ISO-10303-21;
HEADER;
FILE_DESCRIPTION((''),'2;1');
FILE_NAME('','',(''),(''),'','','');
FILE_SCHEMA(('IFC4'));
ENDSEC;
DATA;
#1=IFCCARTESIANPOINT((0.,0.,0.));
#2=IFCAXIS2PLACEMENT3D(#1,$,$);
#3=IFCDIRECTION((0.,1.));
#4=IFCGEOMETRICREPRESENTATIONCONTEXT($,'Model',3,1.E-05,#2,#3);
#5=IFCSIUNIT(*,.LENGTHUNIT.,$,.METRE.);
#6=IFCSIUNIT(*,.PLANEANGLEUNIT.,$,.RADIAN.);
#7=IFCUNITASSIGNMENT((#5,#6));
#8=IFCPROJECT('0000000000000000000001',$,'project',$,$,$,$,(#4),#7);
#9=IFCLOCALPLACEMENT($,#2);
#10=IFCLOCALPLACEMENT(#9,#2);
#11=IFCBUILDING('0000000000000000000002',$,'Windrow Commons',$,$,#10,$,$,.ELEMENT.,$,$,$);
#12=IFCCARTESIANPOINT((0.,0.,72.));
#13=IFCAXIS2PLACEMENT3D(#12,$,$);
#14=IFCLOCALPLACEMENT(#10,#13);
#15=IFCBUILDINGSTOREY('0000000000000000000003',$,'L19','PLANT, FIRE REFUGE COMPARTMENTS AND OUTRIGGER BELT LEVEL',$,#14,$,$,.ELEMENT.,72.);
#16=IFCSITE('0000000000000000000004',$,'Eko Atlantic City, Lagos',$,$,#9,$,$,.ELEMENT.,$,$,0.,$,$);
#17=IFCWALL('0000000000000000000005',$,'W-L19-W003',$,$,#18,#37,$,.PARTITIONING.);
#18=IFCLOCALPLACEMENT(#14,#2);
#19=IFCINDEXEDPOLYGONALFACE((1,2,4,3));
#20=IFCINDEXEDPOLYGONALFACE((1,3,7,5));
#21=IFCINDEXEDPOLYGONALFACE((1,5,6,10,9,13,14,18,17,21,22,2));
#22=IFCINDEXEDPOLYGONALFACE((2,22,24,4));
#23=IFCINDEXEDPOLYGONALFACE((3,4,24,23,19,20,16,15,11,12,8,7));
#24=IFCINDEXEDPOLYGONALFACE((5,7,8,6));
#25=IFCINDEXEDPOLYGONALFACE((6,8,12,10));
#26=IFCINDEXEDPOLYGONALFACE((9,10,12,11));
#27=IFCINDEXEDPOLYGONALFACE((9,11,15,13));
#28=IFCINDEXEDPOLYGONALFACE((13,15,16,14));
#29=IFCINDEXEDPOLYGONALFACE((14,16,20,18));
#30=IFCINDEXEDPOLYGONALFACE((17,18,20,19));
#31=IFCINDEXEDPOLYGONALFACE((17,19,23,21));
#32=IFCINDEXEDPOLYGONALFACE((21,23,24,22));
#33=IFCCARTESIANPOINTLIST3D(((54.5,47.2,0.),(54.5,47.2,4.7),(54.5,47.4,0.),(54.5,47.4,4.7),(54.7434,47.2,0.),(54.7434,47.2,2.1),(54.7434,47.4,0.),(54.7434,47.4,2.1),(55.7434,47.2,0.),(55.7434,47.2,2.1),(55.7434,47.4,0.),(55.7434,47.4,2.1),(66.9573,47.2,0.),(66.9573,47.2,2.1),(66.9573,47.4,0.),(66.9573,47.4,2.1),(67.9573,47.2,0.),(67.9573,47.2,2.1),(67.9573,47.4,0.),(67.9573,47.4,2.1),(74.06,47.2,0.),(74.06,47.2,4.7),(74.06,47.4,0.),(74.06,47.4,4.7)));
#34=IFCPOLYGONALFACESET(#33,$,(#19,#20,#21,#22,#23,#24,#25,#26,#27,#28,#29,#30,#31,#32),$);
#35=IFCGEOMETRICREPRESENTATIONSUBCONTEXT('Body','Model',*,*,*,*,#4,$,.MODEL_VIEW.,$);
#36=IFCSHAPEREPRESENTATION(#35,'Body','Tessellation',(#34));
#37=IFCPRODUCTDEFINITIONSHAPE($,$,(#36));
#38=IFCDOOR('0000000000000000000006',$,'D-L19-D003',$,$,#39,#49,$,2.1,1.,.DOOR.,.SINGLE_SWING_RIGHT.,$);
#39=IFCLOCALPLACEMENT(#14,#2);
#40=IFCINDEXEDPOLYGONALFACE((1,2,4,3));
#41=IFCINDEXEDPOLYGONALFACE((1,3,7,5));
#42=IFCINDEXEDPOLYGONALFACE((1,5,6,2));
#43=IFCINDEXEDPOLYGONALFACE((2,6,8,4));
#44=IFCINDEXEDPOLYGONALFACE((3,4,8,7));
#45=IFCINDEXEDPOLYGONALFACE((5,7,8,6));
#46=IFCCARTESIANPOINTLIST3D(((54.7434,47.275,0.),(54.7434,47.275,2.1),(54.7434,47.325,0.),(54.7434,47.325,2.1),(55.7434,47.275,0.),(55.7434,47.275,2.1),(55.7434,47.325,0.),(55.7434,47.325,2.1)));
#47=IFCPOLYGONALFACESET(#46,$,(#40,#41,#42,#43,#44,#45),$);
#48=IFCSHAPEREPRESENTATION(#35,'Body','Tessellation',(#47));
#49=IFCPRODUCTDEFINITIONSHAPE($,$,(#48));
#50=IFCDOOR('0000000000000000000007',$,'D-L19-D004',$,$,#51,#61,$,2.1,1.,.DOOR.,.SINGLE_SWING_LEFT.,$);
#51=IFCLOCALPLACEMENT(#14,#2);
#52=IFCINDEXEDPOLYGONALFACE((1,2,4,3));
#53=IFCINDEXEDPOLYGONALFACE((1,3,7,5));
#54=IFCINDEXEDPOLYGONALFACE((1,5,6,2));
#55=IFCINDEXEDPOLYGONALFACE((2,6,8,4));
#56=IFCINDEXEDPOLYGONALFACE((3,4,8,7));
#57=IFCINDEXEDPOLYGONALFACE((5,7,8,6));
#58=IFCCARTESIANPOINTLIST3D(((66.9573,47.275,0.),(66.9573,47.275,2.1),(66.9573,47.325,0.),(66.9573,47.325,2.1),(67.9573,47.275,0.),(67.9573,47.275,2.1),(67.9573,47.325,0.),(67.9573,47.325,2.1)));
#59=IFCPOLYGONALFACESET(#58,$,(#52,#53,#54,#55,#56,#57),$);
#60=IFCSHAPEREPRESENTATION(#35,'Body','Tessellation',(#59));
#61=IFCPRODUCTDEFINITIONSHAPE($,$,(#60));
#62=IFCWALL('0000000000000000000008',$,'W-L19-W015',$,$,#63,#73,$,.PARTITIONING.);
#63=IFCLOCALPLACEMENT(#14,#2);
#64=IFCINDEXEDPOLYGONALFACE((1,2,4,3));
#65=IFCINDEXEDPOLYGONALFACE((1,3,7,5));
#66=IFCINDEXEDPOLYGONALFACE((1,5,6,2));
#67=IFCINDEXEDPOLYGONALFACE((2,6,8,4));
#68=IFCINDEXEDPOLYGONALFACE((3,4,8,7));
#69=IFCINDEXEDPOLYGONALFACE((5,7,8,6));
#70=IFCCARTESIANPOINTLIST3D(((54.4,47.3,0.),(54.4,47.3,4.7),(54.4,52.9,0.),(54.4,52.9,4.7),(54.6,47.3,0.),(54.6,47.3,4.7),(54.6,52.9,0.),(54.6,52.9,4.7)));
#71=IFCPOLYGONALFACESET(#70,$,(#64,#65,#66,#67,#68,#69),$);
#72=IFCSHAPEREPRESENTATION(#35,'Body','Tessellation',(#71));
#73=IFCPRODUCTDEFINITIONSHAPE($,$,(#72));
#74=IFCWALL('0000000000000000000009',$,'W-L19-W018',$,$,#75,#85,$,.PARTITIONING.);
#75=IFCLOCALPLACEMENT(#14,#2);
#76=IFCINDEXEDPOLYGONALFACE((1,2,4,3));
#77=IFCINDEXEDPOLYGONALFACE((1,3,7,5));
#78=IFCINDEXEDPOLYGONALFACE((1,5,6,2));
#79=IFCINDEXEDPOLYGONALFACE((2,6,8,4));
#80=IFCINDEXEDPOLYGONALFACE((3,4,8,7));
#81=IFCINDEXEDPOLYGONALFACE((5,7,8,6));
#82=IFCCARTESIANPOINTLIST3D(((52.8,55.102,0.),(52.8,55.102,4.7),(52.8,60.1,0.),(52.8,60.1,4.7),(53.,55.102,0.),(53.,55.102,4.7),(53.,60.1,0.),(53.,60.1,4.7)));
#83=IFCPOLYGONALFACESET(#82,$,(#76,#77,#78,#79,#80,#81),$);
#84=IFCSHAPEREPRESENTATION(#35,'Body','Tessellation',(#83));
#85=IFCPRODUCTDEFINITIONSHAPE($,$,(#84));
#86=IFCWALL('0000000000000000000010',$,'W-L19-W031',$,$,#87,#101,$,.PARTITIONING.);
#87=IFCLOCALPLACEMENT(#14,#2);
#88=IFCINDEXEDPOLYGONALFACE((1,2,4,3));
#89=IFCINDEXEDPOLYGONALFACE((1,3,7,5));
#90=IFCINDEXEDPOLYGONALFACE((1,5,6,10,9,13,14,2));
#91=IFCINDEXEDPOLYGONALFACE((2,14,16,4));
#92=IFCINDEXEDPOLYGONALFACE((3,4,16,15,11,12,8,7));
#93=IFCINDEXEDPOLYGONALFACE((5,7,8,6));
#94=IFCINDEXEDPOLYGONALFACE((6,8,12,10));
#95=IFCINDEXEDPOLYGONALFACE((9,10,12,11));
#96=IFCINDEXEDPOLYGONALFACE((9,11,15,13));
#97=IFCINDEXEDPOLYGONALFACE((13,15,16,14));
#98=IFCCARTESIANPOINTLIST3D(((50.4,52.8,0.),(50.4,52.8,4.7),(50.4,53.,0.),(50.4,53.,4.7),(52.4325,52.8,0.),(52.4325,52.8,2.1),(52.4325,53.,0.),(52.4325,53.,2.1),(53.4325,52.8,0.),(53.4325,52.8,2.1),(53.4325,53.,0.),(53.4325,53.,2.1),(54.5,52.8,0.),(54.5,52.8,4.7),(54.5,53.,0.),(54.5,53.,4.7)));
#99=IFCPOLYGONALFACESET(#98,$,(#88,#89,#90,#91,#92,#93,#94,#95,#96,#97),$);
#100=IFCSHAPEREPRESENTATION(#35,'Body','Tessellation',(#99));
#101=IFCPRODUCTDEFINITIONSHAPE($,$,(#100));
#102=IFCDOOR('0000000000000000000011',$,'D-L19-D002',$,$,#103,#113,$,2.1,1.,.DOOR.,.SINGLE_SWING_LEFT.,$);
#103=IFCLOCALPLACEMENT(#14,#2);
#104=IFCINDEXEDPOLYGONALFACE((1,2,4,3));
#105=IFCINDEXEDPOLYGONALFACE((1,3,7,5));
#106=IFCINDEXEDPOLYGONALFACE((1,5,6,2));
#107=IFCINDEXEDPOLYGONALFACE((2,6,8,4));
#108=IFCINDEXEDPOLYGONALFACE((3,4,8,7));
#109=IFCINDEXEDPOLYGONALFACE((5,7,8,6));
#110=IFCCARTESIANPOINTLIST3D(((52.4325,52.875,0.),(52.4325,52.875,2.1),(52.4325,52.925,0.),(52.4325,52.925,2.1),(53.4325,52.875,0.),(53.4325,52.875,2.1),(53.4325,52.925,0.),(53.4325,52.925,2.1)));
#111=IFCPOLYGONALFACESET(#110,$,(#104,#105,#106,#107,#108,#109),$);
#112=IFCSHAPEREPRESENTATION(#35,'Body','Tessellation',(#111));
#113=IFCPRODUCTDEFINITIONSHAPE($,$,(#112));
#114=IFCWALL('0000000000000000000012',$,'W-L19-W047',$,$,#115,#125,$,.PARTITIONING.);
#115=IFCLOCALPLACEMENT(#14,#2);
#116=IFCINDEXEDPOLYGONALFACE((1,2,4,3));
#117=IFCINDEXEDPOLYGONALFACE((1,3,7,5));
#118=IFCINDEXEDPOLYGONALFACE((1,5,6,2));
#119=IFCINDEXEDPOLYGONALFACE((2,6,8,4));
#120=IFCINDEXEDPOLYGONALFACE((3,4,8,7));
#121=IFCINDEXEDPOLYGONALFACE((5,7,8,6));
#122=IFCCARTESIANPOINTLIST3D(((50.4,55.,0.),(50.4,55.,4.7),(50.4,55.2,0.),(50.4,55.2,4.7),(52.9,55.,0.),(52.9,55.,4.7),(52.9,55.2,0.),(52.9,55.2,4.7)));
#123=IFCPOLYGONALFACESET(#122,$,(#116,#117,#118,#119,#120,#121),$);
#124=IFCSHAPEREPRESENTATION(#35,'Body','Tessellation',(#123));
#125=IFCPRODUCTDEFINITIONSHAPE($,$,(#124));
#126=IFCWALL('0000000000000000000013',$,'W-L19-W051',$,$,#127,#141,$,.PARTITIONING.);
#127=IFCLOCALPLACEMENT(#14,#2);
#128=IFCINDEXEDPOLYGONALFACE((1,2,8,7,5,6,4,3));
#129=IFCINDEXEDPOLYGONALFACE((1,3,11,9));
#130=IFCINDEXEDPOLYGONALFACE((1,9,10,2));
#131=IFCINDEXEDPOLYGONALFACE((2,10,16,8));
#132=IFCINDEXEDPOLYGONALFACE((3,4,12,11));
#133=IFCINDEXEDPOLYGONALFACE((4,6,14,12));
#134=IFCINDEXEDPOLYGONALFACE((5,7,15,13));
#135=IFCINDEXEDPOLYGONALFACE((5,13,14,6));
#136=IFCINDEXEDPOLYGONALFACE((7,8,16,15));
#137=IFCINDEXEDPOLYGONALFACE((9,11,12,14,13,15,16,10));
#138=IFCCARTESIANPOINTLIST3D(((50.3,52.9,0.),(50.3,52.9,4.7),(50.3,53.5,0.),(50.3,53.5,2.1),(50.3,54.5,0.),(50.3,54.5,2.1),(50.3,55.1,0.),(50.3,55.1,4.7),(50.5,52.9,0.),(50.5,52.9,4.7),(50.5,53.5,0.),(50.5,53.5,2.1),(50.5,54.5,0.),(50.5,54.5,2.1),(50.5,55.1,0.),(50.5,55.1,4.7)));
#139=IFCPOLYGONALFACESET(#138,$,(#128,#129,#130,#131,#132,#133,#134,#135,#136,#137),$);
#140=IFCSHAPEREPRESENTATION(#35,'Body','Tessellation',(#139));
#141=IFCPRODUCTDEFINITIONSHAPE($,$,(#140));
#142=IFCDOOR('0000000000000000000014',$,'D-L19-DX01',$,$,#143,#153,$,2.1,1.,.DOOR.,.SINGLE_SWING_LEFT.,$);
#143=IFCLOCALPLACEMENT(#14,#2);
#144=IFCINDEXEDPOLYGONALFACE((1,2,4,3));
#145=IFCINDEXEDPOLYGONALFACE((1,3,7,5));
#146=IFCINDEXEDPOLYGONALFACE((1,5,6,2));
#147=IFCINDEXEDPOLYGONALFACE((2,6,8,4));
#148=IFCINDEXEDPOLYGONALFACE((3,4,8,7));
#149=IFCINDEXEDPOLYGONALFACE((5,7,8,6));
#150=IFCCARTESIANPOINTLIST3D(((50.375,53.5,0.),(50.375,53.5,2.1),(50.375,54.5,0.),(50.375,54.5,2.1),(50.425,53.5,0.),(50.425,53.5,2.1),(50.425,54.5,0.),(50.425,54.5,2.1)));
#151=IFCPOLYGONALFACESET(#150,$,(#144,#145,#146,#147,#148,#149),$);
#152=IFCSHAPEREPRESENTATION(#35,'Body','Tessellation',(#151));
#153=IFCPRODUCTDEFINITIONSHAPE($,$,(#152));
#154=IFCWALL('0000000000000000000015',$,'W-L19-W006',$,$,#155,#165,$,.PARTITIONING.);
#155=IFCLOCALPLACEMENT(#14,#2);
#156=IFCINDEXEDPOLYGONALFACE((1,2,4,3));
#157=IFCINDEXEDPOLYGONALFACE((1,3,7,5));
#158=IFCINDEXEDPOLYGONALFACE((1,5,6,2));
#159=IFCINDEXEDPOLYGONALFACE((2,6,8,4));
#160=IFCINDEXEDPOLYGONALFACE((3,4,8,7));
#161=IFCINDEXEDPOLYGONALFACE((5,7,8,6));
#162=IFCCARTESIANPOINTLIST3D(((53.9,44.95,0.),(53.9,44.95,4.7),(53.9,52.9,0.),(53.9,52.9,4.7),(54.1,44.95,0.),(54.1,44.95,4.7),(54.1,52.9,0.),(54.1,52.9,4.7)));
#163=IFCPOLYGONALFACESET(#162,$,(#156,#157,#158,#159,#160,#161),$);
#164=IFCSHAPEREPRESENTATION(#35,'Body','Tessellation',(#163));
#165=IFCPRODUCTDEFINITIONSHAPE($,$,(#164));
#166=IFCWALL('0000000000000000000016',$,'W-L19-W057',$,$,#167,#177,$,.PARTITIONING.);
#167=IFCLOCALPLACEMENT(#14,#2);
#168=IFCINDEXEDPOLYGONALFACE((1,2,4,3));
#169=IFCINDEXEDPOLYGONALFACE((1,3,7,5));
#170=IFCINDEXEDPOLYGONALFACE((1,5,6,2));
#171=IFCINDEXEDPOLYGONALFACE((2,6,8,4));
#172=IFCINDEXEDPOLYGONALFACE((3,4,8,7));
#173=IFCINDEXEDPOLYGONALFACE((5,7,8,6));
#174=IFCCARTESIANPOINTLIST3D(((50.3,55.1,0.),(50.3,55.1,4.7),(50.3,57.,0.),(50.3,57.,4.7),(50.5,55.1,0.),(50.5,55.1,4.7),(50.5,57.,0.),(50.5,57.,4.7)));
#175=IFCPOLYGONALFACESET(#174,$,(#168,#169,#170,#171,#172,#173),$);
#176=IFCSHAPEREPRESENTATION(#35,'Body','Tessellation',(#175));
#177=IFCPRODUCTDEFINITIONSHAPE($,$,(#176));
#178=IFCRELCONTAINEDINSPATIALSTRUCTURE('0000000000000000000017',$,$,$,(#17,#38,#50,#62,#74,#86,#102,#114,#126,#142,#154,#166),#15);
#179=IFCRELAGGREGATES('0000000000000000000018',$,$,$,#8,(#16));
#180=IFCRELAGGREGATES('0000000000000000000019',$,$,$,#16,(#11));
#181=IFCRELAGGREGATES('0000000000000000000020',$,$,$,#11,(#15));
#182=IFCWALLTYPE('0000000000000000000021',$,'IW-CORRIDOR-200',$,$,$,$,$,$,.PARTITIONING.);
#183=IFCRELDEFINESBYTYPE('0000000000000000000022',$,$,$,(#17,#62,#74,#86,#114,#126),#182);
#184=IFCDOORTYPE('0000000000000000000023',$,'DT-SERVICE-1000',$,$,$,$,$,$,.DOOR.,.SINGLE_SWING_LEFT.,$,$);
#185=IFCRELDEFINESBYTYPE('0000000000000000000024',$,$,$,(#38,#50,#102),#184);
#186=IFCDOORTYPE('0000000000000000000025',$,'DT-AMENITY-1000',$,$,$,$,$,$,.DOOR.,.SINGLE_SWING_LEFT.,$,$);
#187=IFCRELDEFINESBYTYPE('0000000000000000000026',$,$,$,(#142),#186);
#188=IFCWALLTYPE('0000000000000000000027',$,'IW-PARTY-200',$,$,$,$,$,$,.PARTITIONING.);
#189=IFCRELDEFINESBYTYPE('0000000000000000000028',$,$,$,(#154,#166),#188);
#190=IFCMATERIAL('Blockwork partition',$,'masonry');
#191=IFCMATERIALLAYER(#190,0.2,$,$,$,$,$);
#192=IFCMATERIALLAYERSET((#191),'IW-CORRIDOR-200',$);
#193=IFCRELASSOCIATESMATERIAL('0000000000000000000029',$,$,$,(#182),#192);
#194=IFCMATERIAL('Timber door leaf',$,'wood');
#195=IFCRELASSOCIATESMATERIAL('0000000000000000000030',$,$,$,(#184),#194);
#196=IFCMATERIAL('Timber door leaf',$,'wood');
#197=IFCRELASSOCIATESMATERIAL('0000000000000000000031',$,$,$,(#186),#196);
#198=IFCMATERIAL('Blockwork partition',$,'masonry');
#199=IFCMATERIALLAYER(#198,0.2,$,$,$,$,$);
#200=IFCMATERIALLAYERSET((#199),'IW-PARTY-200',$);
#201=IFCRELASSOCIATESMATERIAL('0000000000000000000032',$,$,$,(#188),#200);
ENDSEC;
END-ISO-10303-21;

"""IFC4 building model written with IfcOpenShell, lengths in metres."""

from ifc_helpers import new_model, si_unit, direction, frame, frame_2d, origin, place, context, subcontext, project, spatial, rectangle, extrude, material, layer, layer_set, type_object, element, fill, save


model = new_model("IFC4")

# Units and contexts
model_context = context("Model", 3, precision=1e-05, world=origin(), true_north=direction((0.0, 1.0)))
body_context = subcontext(model_context, "Body", "Model", "MODEL_VIEW")
ifc_project = project(units=[si_unit("LENGTHUNIT", "METRE"), si_unit("PLANEANGLEUNIT", "RADIAN")], contexts=[model_context])

# Site, building, storey
site_placement = place(None, origin())
site = spatial("IfcSite", under=ifc_project, at=site_placement, Name="Eko Atlantic City, Lagos", CompositionType="ELEMENT", RefElevation=0.0)
building_placement = place(site_placement, origin())
building = spatial("IfcBuilding", under=site, at=building_placement, Name="Windrow Commons", CompositionType="ELEMENT")
storey_placement = place(building_placement, frame((0.0, 0.0, 72.0)))
storey = spatial("IfcBuildingStorey", under=building, at=storey_placement, Name="L19", Description="PLANT, FIRE REFUGE COMPARTMENTS AND OUTRIGGER BELT LEVEL", CompositionType="ELEMENT", Elevation=72.0)

# Wall, openings, doors
ifc_material_1 = material(Name="Blockwork partition", Category="masonry")
ifc_layer_1 = layer(ifc_material_1, 0.2)
ifc_layer_set_1 = layer_set([ifc_layer_1], Name="IW-CORRIDOR-200")
wall_type_1 = type_object("IfcWallType", Name="IW-CORRIDOR-200", PredefinedType="PARTITIONING", material=ifc_layer_set_1)
wall_1_placement = place(storey_placement, frame((54.5, 47.3, 0.0), z_axis=(0.0, 0.0, 1.0), x_axis=(1.0, 0.0, 0.0)))
wall_1 = element("IfcWall", 1, at=wall_1_placement, inside=storey, type_object=wall_type_1, Name="W-L19-W003", PredefinedType="PARTITIONING", context=body_context, shape_type="SweptSolid", body=[
    extrude(rectangle(XDim=19.56, YDim=0.2, at=frame_2d((9.78, 0.0))), origin(), (0.0, 0.0, 1.0), 4.7),
])
opening_1_placement = place(wall_1_placement, frame((0.2434, 0.0, 0.0)))
opening_1 = element("IfcOpeningElement", 2, at=opening_1_placement, cuts=wall_1, PredefinedType="OPENING", context=body_context, shape_type="SweptSolid", body=[
    extrude(rectangle(XDim=1.0, YDim=2.1, at=frame_2d((0.5, 1.05))), frame((0.0, 0.11, 0.0), z_axis=(0.0, -1.0, 0.0), x_axis=(1.0, 0.0, 0.0)), (0.0, 0.0, 1.0), 0.22),
])
opening_2_placement = place(wall_1_placement, frame((12.4573, 0.0, 0.0)))
opening_2 = element("IfcOpeningElement", 3, at=opening_2_placement, cuts=wall_1, PredefinedType="OPENING", context=body_context, shape_type="SweptSolid", body=[
    extrude(rectangle(XDim=1.0, YDim=2.1, at=frame_2d((0.5, 1.05))), frame((0.0, 0.11, 0.0), z_axis=(0.0, -1.0, 0.0), x_axis=(1.0, 0.0, 0.0)), (0.0, 0.0, 1.0), 0.22),
])
ifc_material_2 = material(Name="Timber door leaf", Category="wood")
door_type_1 = type_object("IfcDoorType", Name="DT-SERVICE-1000", OperationType="SINGLE_SWING_LEFT", PredefinedType="DOOR", material=ifc_material_2)
door_1_placement = place(opening_1_placement, origin())
door_1 = element("IfcDoor", 4, at=door_1_placement, inside=storey, type_object=door_type_1, Name="D-L19-D003", OperationType="SINGLE_SWING_RIGHT", OverallHeight=2.1, OverallWidth=1.0, PredefinedType="DOOR", context=body_context, shape_type="SweptSolid", body=[
    extrude(rectangle(XDim=1.0, YDim=2.1, at=frame_2d((0.5, 1.05))), frame((0.0, 0.025, 0.0), z_axis=(0.0, -1.0, 0.0), x_axis=(1.0, 0.0, 0.0)), (0.0, 0.0, 1.0), 0.05),
])
fill(opening_1, door_1)
door_2_placement = place(opening_2_placement, origin())
door_2 = element("IfcDoor", 5, at=door_2_placement, inside=storey, type_object=door_type_1, Name="D-L19-D004", OperationType="SINGLE_SWING_LEFT", OverallHeight=2.1, OverallWidth=1.0, PredefinedType="DOOR", context=body_context, shape_type="SweptSolid", body=[
    extrude(rectangle(XDim=1.0, YDim=2.1, at=frame_2d((0.5, 1.05))), frame((0.0, 0.025, 0.0), z_axis=(0.0, -1.0, 0.0), x_axis=(1.0, 0.0, 0.0)), (0.0, 0.0, 1.0), 0.05),
])
fill(opening_2, door_2)

# Walls
wall_2_placement = place(storey_placement, frame((54.5, 47.3, 0.0), z_axis=(0.0, 0.0, 1.0), x_axis=(0.0, 1.0, 0.0)))
element("IfcWall", 6, at=wall_2_placement, inside=storey, type_object=wall_type_1, Name="W-L19-W015", PredefinedType="PARTITIONING", context=body_context, shape_type="SweptSolid", body=[
    extrude(rectangle(XDim=5.6, YDim=0.2, at=frame_2d((2.8, 0.0))), origin(), (0.0, 0.0, 1.0), 4.7),
])
wall_3_placement = place(storey_placement, frame((52.9, 55.102, 0.0), z_axis=(0.0, 0.0, 1.0), x_axis=(0.0, 1.0, 0.0)))
element("IfcWall", 7, at=wall_3_placement, inside=storey, type_object=wall_type_1, Name="W-L19-W018", PredefinedType="PARTITIONING", context=body_context, shape_type="SweptSolid", body=[
    extrude(rectangle(XDim=4.998, YDim=0.2, at=frame_2d((2.499, 0.0))), origin(), (0.0, 0.0, 1.0), 4.7),
])

# Wall, opening, door
wall_4_placement = place(storey_placement, frame((50.4, 52.9, 0.0), z_axis=(0.0, 0.0, 1.0), x_axis=(1.0, 0.0, 0.0)))
wall_4 = element("IfcWall", 8, at=wall_4_placement, inside=storey, type_object=wall_type_1, Name="W-L19-W031", PredefinedType="PARTITIONING", context=body_context, shape_type="SweptSolid", body=[
    extrude(rectangle(XDim=4.1, YDim=0.2, at=frame_2d((2.05, 0.0))), origin(), (0.0, 0.0, 1.0), 4.7),
])
opening_3_placement = place(wall_4_placement, frame((2.0325, 0.0, 0.0)))
opening_3 = element("IfcOpeningElement", 9, at=opening_3_placement, cuts=wall_4, PredefinedType="OPENING", context=body_context, shape_type="SweptSolid", body=[
    extrude(rectangle(XDim=1.0, YDim=2.1, at=frame_2d((0.5, 1.05))), frame((0.0, 0.11, 0.0), z_axis=(0.0, -1.0, 0.0), x_axis=(1.0, 0.0, 0.0)), (0.0, 0.0, 1.0), 0.22),
])
door_3_placement = place(opening_3_placement, origin())
door_3 = element("IfcDoor", 10, at=door_3_placement, inside=storey, type_object=door_type_1, Name="D-L19-D002", OperationType="SINGLE_SWING_LEFT", OverallHeight=2.1, OverallWidth=1.0, PredefinedType="DOOR", context=body_context, shape_type="SweptSolid", body=[
    extrude(rectangle(XDim=1.0, YDim=2.1, at=frame_2d((0.5, 1.05))), frame((0.0, 0.025, 0.0), z_axis=(0.0, -1.0, 0.0), x_axis=(1.0, 0.0, 0.0)), (0.0, 0.0, 1.0), 0.05),
])
fill(opening_3, door_3)

# Wall
wall_5_placement = place(storey_placement, frame((50.4, 55.1, 0.0), z_axis=(0.0, 0.0, 1.0), x_axis=(1.0, 0.0, 0.0)))
element("IfcWall", 11, at=wall_5_placement, inside=storey, type_object=wall_type_1, Name="W-L19-W047", PredefinedType="PARTITIONING", context=body_context, shape_type="SweptSolid", body=[
    extrude(rectangle(XDim=2.5, YDim=0.2, at=frame_2d((1.25, 0.0))), origin(), (0.0, 0.0, 1.0), 4.7),
])

# Wall, opening, door
wall_6_placement = place(storey_placement, frame((50.4, 52.9, 0.0), z_axis=(0.0, 0.0, 1.0), x_axis=(0.0, 1.0, 0.0)))
wall_6 = element("IfcWall", 12, at=wall_6_placement, inside=storey, type_object=wall_type_1, Name="W-L19-W051", PredefinedType="PARTITIONING", context=body_context, shape_type="SweptSolid", body=[
    extrude(rectangle(XDim=2.2, YDim=0.2, at=frame_2d((1.1, 0.0))), origin(), (0.0, 0.0, 1.0), 4.7),
])
opening_4_placement = place(wall_6_placement, frame((0.6, 0.0, 0.0)))
opening_4 = element("IfcOpeningElement", 13, at=opening_4_placement, cuts=wall_6, PredefinedType="OPENING", context=body_context, shape_type="SweptSolid", body=[
    extrude(rectangle(XDim=1.0, YDim=2.1, at=frame_2d((0.5, 1.05))), frame((0.0, 0.11, 0.0), z_axis=(0.0, -1.0, 0.0), x_axis=(1.0, 0.0, 0.0)), (0.0, 0.0, 1.0), 0.22),
])
ifc_material_3 = material(Name="Timber door leaf", Category="wood")
door_type_2 = type_object("IfcDoorType", Name="DT-AMENITY-1000", OperationType="SINGLE_SWING_LEFT", PredefinedType="DOOR", material=ifc_material_3)
door_4_placement = place(opening_4_placement, origin())
door_4 = element("IfcDoor", 14, at=door_4_placement, inside=storey, type_object=door_type_2, Name="D-L19-DX01", OperationType="SINGLE_SWING_LEFT", OverallHeight=2.1, OverallWidth=1.0, PredefinedType="DOOR", context=body_context, shape_type="SweptSolid", body=[
    extrude(rectangle(XDim=1.0, YDim=2.1, at=frame_2d((0.5, 1.05))), frame((0.0, 0.025, 0.0), z_axis=(0.0, -1.0, 0.0), x_axis=(1.0, 0.0, 0.0)), (0.0, 0.0, 1.0), 0.05),
])
fill(opening_4, door_4)

# Walls
ifc_material_4 = material(Name="Blockwork partition", Category="masonry")
ifc_layer_2 = layer(ifc_material_4, 0.2)
ifc_layer_set_2 = layer_set([ifc_layer_2], Name="IW-PARTY-200")
wall_type_2 = type_object("IfcWallType", Name="IW-PARTY-200", PredefinedType="PARTITIONING", material=ifc_layer_set_2)
wall_7_placement = place(storey_placement, frame((54.0, 44.95, 0.0), z_axis=(0.0, 0.0, 1.0), x_axis=(0.0, 1.0, 0.0)))
element("IfcWall", 15, at=wall_7_placement, inside=storey, type_object=wall_type_2, Name="W-L19-W006", PredefinedType="PARTITIONING", context=body_context, shape_type="SweptSolid", body=[
    extrude(rectangle(XDim=7.95, YDim=0.2, at=frame_2d((3.975, 0.0))), origin(), (0.0, 0.0, 1.0), 4.7),
])
for number, where, z_axis, x_axis, name in (
    (16, (50.4, 55.1, 0.0), (0.0, 0.0, 1.0), (0.0, 1.0, 0.0), "W-L19-W057"),
):
    element("IfcWall", number, at=place(storey_placement, frame(where, z_axis=z_axis, x_axis=x_axis)), inside=storey, type_object=wall_type_2, Name=name, PredefinedType="PARTITIONING", context=body_context, shape_type="SweptSolid", body=[
        extrude(rectangle(XDim=1.9, YDim=0.2, at=frame_2d((0.95, 0.0))), origin(), (0.0, 0.0, 1.0), 4.7),
    ])

save(model, "model.ifc")
